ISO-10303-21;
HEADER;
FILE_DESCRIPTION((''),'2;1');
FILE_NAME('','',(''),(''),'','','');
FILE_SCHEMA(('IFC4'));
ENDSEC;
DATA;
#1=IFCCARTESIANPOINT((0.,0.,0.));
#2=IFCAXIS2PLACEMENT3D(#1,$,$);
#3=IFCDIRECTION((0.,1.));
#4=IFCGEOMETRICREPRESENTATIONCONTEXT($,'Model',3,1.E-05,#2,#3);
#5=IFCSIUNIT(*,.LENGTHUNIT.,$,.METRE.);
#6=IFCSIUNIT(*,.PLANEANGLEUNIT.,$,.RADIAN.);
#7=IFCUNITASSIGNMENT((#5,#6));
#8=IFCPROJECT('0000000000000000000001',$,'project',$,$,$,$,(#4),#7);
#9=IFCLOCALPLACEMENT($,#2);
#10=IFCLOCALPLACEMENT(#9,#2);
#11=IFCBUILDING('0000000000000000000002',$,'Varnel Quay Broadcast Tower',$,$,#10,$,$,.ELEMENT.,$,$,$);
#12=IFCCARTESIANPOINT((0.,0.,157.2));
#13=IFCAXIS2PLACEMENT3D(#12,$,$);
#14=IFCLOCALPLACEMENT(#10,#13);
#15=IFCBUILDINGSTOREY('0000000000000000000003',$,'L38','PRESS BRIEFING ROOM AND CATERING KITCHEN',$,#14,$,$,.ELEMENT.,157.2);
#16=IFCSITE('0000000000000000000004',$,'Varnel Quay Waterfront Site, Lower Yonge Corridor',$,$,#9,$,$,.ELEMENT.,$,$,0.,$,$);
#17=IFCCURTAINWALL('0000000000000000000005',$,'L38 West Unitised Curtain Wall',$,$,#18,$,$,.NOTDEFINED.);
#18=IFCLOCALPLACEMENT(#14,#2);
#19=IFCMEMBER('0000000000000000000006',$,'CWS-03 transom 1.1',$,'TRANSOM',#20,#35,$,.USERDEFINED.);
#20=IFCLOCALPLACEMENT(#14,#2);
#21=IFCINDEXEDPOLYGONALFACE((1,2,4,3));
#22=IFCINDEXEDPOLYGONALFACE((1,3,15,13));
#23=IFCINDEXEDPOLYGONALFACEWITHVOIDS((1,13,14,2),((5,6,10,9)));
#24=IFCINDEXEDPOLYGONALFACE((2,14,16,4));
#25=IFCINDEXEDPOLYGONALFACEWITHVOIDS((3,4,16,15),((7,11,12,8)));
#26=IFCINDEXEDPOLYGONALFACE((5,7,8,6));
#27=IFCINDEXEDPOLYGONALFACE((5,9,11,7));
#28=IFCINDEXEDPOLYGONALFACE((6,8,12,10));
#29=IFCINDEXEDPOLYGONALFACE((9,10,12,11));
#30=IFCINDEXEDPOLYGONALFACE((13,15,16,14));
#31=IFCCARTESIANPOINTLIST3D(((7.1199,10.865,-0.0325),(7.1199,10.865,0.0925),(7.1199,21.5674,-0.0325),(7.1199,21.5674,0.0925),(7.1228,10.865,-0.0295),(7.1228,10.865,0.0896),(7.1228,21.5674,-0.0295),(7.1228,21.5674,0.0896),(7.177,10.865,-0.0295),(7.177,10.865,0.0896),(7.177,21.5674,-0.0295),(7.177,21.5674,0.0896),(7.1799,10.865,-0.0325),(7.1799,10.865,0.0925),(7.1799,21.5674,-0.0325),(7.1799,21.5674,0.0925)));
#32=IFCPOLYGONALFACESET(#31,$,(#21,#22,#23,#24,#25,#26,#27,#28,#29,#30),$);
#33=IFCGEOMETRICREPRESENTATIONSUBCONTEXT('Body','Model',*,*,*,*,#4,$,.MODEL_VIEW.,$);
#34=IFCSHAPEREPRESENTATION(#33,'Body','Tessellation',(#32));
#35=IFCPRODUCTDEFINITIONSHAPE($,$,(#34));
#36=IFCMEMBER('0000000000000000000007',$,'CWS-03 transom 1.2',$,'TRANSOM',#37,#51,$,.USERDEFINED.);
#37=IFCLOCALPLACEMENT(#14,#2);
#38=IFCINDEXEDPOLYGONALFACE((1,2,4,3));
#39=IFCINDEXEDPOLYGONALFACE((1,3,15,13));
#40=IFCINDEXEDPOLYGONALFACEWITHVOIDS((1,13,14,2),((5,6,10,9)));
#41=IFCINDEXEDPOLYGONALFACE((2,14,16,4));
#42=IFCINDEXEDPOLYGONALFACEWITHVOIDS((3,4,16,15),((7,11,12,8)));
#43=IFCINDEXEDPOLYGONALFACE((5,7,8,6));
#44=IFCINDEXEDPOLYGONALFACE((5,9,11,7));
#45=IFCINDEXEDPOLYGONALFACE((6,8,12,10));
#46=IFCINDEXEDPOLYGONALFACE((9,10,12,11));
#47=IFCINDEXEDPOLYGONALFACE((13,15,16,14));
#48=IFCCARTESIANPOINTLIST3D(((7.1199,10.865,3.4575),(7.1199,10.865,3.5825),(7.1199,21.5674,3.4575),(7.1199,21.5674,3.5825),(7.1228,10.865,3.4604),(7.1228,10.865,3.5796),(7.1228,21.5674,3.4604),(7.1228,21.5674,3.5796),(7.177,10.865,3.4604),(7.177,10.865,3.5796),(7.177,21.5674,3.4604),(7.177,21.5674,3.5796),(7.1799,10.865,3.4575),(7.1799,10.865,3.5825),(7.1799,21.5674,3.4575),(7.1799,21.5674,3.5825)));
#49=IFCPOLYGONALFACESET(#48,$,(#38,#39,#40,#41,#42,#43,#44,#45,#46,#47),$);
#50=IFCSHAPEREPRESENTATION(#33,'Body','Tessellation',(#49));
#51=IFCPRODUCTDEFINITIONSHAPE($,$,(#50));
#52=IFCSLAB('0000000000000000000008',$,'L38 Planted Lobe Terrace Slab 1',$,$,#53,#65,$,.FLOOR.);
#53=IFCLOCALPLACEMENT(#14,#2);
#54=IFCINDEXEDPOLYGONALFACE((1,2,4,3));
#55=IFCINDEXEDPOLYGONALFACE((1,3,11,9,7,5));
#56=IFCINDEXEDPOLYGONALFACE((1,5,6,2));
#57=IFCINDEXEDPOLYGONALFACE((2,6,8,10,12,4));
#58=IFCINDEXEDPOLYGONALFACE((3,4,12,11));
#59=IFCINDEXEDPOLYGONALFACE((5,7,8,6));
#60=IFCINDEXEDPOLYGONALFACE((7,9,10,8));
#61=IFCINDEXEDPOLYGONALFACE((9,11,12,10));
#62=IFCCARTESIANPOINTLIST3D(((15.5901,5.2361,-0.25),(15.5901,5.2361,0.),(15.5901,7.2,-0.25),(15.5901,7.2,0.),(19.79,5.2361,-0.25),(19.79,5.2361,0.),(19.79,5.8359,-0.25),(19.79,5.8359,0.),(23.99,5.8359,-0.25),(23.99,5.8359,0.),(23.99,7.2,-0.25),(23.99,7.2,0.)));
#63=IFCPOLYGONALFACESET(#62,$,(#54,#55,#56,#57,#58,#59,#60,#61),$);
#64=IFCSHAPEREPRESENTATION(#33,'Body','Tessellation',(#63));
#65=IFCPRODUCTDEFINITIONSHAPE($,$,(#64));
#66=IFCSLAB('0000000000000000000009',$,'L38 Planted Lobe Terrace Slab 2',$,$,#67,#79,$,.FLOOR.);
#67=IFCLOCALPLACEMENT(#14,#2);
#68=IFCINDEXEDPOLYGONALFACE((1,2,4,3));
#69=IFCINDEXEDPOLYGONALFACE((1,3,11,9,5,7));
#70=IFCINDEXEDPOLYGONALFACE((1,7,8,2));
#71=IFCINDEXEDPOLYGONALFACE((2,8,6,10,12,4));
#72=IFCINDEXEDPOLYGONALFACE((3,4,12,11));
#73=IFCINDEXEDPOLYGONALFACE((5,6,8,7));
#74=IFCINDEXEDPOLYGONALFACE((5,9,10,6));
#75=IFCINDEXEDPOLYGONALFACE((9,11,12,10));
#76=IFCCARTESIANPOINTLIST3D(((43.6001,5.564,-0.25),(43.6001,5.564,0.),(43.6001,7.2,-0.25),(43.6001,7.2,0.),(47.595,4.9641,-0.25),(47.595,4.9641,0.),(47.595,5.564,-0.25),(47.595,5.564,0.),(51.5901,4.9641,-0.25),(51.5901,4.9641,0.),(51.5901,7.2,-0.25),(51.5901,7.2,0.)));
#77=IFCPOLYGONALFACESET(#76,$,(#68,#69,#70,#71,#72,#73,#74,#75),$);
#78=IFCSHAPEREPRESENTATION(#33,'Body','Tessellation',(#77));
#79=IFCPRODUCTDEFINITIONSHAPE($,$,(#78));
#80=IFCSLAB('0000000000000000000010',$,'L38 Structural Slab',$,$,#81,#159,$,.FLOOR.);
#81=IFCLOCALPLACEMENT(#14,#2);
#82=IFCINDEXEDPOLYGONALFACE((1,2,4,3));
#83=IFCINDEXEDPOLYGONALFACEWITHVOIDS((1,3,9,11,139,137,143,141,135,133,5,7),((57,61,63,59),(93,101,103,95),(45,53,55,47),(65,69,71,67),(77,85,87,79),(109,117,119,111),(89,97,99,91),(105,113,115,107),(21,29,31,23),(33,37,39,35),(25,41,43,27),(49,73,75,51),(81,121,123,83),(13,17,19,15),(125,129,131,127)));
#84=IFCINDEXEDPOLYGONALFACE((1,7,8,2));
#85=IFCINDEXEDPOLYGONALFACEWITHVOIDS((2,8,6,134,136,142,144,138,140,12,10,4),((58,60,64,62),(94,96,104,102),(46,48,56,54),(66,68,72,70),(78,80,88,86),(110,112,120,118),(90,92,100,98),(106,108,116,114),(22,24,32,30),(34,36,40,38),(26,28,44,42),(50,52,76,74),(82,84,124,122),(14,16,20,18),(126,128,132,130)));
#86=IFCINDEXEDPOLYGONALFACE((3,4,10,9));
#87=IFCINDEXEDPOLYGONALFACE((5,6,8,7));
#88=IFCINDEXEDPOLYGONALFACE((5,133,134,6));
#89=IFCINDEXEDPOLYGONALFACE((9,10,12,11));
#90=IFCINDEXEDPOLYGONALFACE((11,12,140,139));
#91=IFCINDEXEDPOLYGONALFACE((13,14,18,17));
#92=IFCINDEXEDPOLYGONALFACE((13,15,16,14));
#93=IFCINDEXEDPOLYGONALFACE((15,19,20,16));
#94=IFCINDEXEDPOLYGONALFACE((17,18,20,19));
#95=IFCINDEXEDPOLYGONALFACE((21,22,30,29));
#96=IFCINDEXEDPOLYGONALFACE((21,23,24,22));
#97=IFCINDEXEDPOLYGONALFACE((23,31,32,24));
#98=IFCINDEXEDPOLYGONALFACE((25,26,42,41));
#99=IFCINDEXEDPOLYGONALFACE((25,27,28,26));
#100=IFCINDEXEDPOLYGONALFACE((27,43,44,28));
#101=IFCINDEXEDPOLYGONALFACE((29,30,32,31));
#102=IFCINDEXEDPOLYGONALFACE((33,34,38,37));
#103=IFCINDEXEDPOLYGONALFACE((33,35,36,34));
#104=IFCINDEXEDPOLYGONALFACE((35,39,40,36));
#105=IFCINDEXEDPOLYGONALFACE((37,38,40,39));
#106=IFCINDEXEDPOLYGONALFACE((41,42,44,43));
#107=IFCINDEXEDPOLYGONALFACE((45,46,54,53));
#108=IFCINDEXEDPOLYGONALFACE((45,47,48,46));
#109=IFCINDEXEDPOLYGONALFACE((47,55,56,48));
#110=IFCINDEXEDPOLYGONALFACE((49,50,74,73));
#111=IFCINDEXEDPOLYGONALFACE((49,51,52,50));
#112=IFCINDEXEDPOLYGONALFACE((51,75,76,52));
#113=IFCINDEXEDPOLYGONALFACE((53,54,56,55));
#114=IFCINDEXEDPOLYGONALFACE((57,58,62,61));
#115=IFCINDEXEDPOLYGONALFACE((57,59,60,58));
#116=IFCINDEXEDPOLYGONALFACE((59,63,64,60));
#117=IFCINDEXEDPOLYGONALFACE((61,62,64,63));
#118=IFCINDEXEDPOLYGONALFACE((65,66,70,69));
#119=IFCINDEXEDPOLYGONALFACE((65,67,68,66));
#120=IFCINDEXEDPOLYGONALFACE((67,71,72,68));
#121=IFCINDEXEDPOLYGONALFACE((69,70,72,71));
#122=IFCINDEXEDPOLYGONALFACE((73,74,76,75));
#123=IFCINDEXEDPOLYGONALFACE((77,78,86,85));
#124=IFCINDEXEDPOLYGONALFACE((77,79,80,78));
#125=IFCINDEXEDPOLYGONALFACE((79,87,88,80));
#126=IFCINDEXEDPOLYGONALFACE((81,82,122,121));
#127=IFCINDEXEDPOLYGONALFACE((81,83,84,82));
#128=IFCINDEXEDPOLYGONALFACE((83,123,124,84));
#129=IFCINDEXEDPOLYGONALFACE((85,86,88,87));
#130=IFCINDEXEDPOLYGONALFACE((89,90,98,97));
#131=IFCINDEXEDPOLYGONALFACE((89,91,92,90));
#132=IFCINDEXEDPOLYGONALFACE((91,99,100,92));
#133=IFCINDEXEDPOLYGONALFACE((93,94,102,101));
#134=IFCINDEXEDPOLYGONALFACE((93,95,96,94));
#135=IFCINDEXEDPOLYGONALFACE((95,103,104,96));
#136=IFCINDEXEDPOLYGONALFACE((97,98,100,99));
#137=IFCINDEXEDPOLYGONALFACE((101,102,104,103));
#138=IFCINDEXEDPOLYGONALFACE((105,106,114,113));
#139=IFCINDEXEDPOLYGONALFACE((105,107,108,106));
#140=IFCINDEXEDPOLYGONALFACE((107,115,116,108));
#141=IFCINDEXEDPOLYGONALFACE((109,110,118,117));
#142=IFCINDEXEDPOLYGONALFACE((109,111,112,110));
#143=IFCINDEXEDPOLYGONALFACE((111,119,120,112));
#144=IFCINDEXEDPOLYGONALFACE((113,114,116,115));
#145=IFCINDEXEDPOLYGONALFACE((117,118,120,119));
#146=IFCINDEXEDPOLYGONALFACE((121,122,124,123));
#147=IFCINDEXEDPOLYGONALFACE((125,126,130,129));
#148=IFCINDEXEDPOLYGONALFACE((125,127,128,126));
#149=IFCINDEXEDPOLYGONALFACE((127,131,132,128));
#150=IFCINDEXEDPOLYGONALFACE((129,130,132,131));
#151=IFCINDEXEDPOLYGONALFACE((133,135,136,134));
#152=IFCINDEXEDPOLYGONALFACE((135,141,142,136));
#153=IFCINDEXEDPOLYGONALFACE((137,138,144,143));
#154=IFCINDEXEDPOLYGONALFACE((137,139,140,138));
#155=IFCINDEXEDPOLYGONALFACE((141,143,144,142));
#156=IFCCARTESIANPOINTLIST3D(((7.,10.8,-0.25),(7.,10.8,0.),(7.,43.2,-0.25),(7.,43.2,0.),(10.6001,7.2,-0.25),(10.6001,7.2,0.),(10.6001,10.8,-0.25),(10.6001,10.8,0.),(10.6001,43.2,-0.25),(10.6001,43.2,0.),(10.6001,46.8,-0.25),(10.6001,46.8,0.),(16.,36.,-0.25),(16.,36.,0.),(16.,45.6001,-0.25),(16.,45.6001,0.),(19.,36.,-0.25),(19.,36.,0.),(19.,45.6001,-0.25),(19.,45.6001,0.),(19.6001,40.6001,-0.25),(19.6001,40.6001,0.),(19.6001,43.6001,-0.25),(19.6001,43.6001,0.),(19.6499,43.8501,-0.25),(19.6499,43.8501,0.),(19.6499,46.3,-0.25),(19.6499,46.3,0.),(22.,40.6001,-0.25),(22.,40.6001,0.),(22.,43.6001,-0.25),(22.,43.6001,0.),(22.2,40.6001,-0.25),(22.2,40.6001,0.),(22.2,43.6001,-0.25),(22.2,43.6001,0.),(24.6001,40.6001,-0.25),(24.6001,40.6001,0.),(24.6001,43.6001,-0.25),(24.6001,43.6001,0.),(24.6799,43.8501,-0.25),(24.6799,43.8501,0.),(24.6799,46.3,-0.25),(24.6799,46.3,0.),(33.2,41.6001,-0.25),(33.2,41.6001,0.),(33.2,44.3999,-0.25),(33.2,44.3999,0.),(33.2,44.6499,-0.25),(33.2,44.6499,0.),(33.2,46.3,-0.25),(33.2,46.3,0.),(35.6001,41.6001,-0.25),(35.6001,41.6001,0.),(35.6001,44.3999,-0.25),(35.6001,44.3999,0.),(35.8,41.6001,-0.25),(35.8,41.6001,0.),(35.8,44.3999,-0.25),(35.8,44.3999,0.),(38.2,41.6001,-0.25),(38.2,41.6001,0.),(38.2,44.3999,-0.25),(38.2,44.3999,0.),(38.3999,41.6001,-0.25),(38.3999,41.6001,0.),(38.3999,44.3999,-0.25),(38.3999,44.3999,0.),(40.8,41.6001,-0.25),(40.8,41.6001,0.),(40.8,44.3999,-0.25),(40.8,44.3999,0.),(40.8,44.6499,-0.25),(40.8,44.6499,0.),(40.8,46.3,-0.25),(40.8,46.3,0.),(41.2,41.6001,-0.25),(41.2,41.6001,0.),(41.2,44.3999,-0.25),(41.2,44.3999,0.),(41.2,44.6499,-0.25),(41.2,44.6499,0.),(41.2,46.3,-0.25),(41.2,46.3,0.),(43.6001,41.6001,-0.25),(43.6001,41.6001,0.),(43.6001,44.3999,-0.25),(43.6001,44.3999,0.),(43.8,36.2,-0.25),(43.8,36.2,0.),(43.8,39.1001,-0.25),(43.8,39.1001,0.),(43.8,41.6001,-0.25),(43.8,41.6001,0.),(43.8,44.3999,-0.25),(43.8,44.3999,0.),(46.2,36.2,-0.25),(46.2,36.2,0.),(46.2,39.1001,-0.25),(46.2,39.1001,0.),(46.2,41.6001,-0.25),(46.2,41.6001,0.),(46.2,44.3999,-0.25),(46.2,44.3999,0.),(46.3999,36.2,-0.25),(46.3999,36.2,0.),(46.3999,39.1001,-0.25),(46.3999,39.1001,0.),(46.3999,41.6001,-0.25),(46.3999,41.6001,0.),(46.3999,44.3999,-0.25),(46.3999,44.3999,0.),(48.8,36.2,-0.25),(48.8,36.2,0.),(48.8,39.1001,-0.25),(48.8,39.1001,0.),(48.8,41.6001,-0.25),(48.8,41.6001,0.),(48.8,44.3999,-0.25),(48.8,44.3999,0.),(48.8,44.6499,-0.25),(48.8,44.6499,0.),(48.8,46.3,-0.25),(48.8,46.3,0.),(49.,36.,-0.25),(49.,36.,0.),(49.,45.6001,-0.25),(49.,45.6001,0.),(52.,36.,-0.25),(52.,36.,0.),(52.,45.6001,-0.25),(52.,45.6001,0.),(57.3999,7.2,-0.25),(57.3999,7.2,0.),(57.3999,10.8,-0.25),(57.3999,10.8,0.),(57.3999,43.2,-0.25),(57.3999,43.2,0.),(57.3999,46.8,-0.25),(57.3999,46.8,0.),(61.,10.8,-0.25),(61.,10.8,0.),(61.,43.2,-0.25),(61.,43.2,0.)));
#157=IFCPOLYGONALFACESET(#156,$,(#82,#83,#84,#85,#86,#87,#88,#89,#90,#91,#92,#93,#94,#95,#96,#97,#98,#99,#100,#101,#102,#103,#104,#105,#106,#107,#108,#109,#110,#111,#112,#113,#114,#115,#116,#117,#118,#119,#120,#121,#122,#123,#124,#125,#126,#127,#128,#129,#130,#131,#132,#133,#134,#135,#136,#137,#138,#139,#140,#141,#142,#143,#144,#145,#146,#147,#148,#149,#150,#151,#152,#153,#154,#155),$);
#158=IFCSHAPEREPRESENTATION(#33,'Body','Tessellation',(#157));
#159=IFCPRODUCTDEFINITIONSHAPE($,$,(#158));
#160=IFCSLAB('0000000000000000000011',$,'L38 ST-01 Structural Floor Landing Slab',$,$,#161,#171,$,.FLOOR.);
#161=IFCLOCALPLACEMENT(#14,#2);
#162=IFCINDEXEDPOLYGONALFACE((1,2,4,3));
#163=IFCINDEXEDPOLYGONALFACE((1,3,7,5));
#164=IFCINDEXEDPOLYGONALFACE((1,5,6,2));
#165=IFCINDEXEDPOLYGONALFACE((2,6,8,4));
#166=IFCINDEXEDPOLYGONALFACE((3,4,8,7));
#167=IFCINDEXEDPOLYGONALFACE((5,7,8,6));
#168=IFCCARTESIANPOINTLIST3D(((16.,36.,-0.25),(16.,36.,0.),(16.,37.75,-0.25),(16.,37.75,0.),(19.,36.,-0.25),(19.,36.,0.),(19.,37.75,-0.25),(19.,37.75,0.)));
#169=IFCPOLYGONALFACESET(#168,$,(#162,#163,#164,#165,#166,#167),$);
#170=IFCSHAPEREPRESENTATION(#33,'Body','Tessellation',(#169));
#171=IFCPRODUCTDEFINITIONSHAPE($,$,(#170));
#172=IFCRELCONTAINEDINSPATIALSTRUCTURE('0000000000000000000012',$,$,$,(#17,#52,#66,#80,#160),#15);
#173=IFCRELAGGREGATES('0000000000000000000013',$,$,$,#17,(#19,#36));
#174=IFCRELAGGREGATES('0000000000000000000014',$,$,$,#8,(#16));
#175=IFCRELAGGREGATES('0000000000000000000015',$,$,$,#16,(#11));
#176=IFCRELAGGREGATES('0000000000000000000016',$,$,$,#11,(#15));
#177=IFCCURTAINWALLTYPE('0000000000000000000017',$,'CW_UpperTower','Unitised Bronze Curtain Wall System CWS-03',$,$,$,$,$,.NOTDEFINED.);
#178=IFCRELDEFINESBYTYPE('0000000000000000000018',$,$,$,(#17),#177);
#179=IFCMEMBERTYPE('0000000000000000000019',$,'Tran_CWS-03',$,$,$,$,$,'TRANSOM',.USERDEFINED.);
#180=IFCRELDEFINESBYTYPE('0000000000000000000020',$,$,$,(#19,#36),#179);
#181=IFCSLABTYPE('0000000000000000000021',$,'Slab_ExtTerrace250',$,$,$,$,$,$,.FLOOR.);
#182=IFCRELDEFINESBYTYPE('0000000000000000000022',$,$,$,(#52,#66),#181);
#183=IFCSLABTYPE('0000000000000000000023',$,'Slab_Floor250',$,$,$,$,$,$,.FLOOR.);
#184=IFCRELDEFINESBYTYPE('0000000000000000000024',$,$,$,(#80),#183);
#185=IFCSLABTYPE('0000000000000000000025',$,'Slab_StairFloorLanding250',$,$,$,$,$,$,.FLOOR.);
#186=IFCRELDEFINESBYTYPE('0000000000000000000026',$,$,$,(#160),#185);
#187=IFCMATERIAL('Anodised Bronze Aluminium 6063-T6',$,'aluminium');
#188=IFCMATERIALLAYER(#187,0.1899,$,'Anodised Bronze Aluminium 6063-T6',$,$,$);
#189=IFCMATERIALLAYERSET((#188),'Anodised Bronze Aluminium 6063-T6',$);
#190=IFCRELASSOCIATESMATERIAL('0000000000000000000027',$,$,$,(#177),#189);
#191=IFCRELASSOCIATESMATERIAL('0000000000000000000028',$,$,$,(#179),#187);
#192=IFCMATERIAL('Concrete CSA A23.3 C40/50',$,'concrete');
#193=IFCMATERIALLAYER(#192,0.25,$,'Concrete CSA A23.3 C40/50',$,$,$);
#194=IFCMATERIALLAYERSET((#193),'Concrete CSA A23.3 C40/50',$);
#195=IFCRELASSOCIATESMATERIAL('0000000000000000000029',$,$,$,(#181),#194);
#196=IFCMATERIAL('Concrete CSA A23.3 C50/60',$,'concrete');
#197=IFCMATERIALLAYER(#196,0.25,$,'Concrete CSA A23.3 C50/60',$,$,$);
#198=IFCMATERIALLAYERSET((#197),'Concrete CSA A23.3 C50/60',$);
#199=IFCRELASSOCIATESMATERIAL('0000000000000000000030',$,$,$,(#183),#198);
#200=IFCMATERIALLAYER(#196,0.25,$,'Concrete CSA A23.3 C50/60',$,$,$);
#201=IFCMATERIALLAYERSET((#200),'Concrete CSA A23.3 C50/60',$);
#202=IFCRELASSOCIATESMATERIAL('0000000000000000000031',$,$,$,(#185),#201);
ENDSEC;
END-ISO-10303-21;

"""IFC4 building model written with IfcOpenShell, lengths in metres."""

from ifc_helpers import new_model, si_unit, direction, frame, origin, origin_2d, place, context, subcontext, project, spatial, polyline, hollow_rectangle, outline, extrude, source, transform, mapped, material, layer, layer_set, material_profile, profile_set, type_object, type_shapes, element, aggregate, save


model = new_model("IFC4")

# Units and contexts
model_context = context("Model", 3, precision=1e-05, world=origin(), true_north=direction((0.0, 1.0)))
body_context = subcontext(model_context, "Body", "Model", "MODEL_VIEW")
ifc_project = project(units=[si_unit("LENGTHUNIT", "METRE"), si_unit("PLANEANGLEUNIT", "RADIAN")], contexts=[model_context])

# Site, building, storey
site_placement = place(None, origin())
site = spatial("IfcSite", under=ifc_project, at=site_placement, Name="Varnel Quay Waterfront Site, Lower Yonge Corridor", CompositionType="ELEMENT", RefElevation=0.0)
building_placement = place(site_placement, origin())
building = spatial("IfcBuilding", under=site, at=building_placement, Name="Varnel Quay Broadcast Tower", CompositionType="ELEMENT")
storey_placement = place(building_placement, frame((0.0, 0.0, 157.2)))
storey = spatial("IfcBuildingStorey", under=building, at=storey_placement, Name="L38", Description="PRESS BRIEFING ROOM AND CATERING KITCHEN", CompositionType="ELEMENT", Elevation=157.2)

# Curtain wall, members
ifc_material_1 = material(Name="Anodised Bronze Aluminium 6063-T6", Category="aluminium")
ifc_layer_1 = layer(ifc_material_1, 0.1899, Name="Anodised Bronze Aluminium 6063-T6")
ifc_layer_set_1 = layer_set([ifc_layer_1], Name="Anodised Bronze Aluminium 6063-T6")
curtain_wall_type_1 = type_object("IfcCurtainWallType", Name="CW_UpperTower", Description="Unitised Bronze Curtain Wall System CWS-03", PredefinedType="NOTDEFINED", material=ifc_layer_set_1)
curtain_wall_1_placement = place(storey_placement, origin())
curtain_wall_1 = element("IfcCurtainWall", 1, at=curtain_wall_1_placement, inside=storey, type_object=curtain_wall_type_1, Name="L38 West Unitised Curtain Wall", PredefinedType="NOTDEFINED")
ifc_material_profile_1 = material_profile(ifc_material_1, hollow_rectangle(XDim=0.0601, YDim=0.125, WallThickness=0.0029, at=origin_2d()), Name="ALU60X125X3")
ifc_profile_set_1 = profile_set([ifc_material_profile_1], Name="Anodised Bronze Aluminium 6063-T6")
member_type_1 = type_object("IfcMemberType", Name="Tran_CWS-03", ElementType="TRANSOM", PredefinedType="USERDEFINED", material=ifc_profile_set_1)
shared_shape_1 = source(origin(), body_context, "Body", "SweptSolid", [
    extrude(hollow_rectangle(XDim=0.0601, YDim=0.125, WallThickness=0.0029, at=origin_2d()), origin(), (0.0, 0.0, 1.0), 10.7024),
])
type_shapes(member_type_1, [shared_shape_1])
member_1_placement = place(storey_placement, frame((7.1499, 10.865, 0.03), z_axis=(0.0, 1.0, 0.0), x_axis=(-1.0, 0.0, 0.0)))
member_1 = element("IfcMember", 2, at=member_1_placement, type_object=member_type_1, Name="CWS-03 transom 1.1", ObjectType="TRANSOM", PredefinedType="USERDEFINED", context=body_context, shape_type="MappedRepresentation", body=[
    mapped(shared_shape_1, transform((0.0, 0.0, 0.0), x_axis=(1.0, 0.0, 0.0), y_axis=(0.0, 1.0, 0.0), z_axis=(0.0, 0.0, 1.0), scale=1.0)),
])
member_2_placement = place(storey_placement, frame((7.1499, 10.865, 3.52), z_axis=(0.0, 1.0, 0.0), x_axis=(-1.0, 0.0, 0.0)))
member_2 = element("IfcMember", 3, at=member_2_placement, type_object=member_type_1, Name="CWS-03 transom 1.2", ObjectType="TRANSOM", PredefinedType="USERDEFINED", context=body_context, shape_type="MappedRepresentation", body=[
    mapped(shared_shape_1, transform((0.0, 0.0, 0.0), x_axis=(1.0, 0.0, 0.0), y_axis=(0.0, 1.0, 0.0), z_axis=(0.0, 0.0, 1.0), scale=1.0)),
])
aggregate(curtain_wall_1, [member_1, member_2])

# Slabs
ifc_material_2 = material(Name="Concrete CSA A23.3 C40/50", Category="concrete")
ifc_layer_2 = layer(ifc_material_2, 0.25, Name="Concrete CSA A23.3 C40/50")
ifc_layer_set_2 = layer_set([ifc_layer_2], Name="Concrete CSA A23.3 C40/50")
slab_type_1 = type_object("IfcSlabType", Name="Slab_ExtTerrace250", PredefinedType="FLOOR", material=ifc_layer_set_2)
slab_1_placement = place(storey_placement, frame((0.0, 0.0, -0.25)))
element("IfcSlab", 4, at=slab_1_placement, inside=storey, type_object=slab_type_1, Name="L38 Planted Lobe Terrace Slab 1", PredefinedType="FLOOR", context=body_context, shape_type="SweptSolid", body=[
    extrude(outline(polyline([(15.5901, 5.2361), (19.79, 5.2361), (19.79, 5.8359), (23.99, 5.8359), (23.99, 7.2), (15.5901, 7.2), (15.5901, 5.2361)])), origin(), (0.0, 0.0, 1.0), 0.25),
])
slab_2_placement = place(storey_placement, frame((0.0, 0.0, -0.25)))
element("IfcSlab", 5, at=slab_2_placement, inside=storey, type_object=slab_type_1, Name="L38 Planted Lobe Terrace Slab 2", PredefinedType="FLOOR", context=body_context, shape_type="SweptSolid", body=[
    extrude(outline(polyline([(43.6001, 5.564), (47.595, 5.564), (47.595, 4.9641), (51.5901, 4.9641), (51.5901, 7.2), (43.6001, 7.2), (43.6001, 5.564)])), origin(), (0.0, 0.0, 1.0), 0.25),
])
ifc_material_3 = material(Name="Concrete CSA A23.3 C50/60", Category="concrete")
ifc_layer_3 = layer(ifc_material_3, 0.25, Name="Concrete CSA A23.3 C50/60")
ifc_layer_set_3 = layer_set([ifc_layer_3], Name="Concrete CSA A23.3 C50/60")
slab_type_2 = type_object("IfcSlabType", Name="Slab_Floor250", PredefinedType="FLOOR", material=ifc_layer_set_3)
slab_3_placement = place(storey_placement, frame((0.0, 0.0, -0.25)))
element("IfcSlab", 6, at=slab_3_placement, inside=storey, type_object=slab_type_2, Name="L38 Structural Slab", PredefinedType="FLOOR", context=body_context, shape_type="SweptSolid", body=[
    extrude(outline(polyline([(10.6001, 7.2), (57.3999, 7.2), (57.3999, 10.8), (61.0, 10.8), (61.0, 43.2), (57.3999, 43.2), (57.3999, 46.8), (10.6001, 46.8), (10.6001, 43.2), (7.0, 43.2), (7.0, 10.8), (10.6001, 10.8), (10.6001, 7.2)]), holes=[polyline([(19.0, 36.0), (16.0, 36.0), (16.0, 45.6001), (19.0, 45.6001), (19.0, 36.0)]), polyline([(19.6001, 43.6001), (22.0, 43.6001), (22.0, 40.6001), (19.6001, 40.6001), (19.6001, 43.6001)]), polyline([(22.2, 43.6001), (24.6001, 43.6001), (24.6001, 40.6001), (22.2, 40.6001), (22.2, 43.6001)]), polyline([(33.2, 44.3999), (35.6001, 44.3999), (35.6001, 41.6001), (33.2, 41.6001), (33.2, 44.3999)]), polyline([(35.8, 44.3999), (38.2, 44.3999), (38.2, 41.6001), (35.8, 41.6001), (35.8, 44.3999)]), polyline([(38.3999, 44.3999), (40.8, 44.3999), (40.8, 41.6001), (38.3999, 41.6001), (38.3999, 44.3999)]), polyline([(19.6499, 46.3), (24.6799, 46.3), (24.6799, 43.8501), (19.6499, 43.8501), (19.6499, 46.3)]), polyline([(33.2, 46.3), (40.8, 46.3), (40.8, 44.6499), (33.2, 44.6499), (33.2, 46.3)]), polyline([(43.8, 39.1001), (46.2, 39.1001), (46.2, 36.2), (43.8, 36.2), (43.8, 39.1001)]), polyline([(46.3999, 39.1001), (48.8, 39.1001), (48.8, 36.2), (46.3999, 36.2), (46.3999, 39.1001)]), polyline([(49.0, 36.0), (49.0, 45.6001), (52.0, 45.6001), (52.0, 36.0), (49.0, 36.0)]), polyline([(41.2, 44.3999), (43.6001, 44.3999), (43.6001, 41.6001), (41.2, 41.6001), (41.2, 44.3999)]), polyline([(43.8, 44.3999), (46.2, 44.3999), (46.2, 41.6001), (43.8, 41.6001), (43.8, 44.3999)]), polyline([(46.3999, 44.3999), (48.8, 44.3999), (48.8, 41.6001), (46.3999, 41.6001), (46.3999, 44.3999)]), polyline([(41.2, 46.3), (48.8, 46.3), (48.8, 44.6499), (41.2, 44.6499), (41.2, 46.3)])]), origin(), (0.0, 0.0, 1.0), 0.25),
])
ifc_layer_4 = layer(ifc_material_3, 0.25, Name="Concrete CSA A23.3 C50/60")
ifc_layer_set_4 = layer_set([ifc_layer_4], Name="Concrete CSA A23.3 C50/60")
slab_type_3 = type_object("IfcSlabType", Name="Slab_StairFloorLanding250", PredefinedType="FLOOR", material=ifc_layer_set_4)
slab_4_placement = place(storey_placement, frame((0.0, 0.0, -0.25)))
element("IfcSlab", 7, at=slab_4_placement, inside=storey, type_object=slab_type_3, Name="L38 ST-01 Structural Floor Landing Slab", PredefinedType="FLOOR", context=body_context, shape_type="SweptSolid", body=[
    extrude(outline(polyline([(19.0, 36.0), (19.0, 37.75), (16.0, 37.75), (16.0, 36.0), (19.0, 36.0)])), origin(), (0.0, 0.0, 1.0), 0.25),
])

save(model, "model.ifc")
